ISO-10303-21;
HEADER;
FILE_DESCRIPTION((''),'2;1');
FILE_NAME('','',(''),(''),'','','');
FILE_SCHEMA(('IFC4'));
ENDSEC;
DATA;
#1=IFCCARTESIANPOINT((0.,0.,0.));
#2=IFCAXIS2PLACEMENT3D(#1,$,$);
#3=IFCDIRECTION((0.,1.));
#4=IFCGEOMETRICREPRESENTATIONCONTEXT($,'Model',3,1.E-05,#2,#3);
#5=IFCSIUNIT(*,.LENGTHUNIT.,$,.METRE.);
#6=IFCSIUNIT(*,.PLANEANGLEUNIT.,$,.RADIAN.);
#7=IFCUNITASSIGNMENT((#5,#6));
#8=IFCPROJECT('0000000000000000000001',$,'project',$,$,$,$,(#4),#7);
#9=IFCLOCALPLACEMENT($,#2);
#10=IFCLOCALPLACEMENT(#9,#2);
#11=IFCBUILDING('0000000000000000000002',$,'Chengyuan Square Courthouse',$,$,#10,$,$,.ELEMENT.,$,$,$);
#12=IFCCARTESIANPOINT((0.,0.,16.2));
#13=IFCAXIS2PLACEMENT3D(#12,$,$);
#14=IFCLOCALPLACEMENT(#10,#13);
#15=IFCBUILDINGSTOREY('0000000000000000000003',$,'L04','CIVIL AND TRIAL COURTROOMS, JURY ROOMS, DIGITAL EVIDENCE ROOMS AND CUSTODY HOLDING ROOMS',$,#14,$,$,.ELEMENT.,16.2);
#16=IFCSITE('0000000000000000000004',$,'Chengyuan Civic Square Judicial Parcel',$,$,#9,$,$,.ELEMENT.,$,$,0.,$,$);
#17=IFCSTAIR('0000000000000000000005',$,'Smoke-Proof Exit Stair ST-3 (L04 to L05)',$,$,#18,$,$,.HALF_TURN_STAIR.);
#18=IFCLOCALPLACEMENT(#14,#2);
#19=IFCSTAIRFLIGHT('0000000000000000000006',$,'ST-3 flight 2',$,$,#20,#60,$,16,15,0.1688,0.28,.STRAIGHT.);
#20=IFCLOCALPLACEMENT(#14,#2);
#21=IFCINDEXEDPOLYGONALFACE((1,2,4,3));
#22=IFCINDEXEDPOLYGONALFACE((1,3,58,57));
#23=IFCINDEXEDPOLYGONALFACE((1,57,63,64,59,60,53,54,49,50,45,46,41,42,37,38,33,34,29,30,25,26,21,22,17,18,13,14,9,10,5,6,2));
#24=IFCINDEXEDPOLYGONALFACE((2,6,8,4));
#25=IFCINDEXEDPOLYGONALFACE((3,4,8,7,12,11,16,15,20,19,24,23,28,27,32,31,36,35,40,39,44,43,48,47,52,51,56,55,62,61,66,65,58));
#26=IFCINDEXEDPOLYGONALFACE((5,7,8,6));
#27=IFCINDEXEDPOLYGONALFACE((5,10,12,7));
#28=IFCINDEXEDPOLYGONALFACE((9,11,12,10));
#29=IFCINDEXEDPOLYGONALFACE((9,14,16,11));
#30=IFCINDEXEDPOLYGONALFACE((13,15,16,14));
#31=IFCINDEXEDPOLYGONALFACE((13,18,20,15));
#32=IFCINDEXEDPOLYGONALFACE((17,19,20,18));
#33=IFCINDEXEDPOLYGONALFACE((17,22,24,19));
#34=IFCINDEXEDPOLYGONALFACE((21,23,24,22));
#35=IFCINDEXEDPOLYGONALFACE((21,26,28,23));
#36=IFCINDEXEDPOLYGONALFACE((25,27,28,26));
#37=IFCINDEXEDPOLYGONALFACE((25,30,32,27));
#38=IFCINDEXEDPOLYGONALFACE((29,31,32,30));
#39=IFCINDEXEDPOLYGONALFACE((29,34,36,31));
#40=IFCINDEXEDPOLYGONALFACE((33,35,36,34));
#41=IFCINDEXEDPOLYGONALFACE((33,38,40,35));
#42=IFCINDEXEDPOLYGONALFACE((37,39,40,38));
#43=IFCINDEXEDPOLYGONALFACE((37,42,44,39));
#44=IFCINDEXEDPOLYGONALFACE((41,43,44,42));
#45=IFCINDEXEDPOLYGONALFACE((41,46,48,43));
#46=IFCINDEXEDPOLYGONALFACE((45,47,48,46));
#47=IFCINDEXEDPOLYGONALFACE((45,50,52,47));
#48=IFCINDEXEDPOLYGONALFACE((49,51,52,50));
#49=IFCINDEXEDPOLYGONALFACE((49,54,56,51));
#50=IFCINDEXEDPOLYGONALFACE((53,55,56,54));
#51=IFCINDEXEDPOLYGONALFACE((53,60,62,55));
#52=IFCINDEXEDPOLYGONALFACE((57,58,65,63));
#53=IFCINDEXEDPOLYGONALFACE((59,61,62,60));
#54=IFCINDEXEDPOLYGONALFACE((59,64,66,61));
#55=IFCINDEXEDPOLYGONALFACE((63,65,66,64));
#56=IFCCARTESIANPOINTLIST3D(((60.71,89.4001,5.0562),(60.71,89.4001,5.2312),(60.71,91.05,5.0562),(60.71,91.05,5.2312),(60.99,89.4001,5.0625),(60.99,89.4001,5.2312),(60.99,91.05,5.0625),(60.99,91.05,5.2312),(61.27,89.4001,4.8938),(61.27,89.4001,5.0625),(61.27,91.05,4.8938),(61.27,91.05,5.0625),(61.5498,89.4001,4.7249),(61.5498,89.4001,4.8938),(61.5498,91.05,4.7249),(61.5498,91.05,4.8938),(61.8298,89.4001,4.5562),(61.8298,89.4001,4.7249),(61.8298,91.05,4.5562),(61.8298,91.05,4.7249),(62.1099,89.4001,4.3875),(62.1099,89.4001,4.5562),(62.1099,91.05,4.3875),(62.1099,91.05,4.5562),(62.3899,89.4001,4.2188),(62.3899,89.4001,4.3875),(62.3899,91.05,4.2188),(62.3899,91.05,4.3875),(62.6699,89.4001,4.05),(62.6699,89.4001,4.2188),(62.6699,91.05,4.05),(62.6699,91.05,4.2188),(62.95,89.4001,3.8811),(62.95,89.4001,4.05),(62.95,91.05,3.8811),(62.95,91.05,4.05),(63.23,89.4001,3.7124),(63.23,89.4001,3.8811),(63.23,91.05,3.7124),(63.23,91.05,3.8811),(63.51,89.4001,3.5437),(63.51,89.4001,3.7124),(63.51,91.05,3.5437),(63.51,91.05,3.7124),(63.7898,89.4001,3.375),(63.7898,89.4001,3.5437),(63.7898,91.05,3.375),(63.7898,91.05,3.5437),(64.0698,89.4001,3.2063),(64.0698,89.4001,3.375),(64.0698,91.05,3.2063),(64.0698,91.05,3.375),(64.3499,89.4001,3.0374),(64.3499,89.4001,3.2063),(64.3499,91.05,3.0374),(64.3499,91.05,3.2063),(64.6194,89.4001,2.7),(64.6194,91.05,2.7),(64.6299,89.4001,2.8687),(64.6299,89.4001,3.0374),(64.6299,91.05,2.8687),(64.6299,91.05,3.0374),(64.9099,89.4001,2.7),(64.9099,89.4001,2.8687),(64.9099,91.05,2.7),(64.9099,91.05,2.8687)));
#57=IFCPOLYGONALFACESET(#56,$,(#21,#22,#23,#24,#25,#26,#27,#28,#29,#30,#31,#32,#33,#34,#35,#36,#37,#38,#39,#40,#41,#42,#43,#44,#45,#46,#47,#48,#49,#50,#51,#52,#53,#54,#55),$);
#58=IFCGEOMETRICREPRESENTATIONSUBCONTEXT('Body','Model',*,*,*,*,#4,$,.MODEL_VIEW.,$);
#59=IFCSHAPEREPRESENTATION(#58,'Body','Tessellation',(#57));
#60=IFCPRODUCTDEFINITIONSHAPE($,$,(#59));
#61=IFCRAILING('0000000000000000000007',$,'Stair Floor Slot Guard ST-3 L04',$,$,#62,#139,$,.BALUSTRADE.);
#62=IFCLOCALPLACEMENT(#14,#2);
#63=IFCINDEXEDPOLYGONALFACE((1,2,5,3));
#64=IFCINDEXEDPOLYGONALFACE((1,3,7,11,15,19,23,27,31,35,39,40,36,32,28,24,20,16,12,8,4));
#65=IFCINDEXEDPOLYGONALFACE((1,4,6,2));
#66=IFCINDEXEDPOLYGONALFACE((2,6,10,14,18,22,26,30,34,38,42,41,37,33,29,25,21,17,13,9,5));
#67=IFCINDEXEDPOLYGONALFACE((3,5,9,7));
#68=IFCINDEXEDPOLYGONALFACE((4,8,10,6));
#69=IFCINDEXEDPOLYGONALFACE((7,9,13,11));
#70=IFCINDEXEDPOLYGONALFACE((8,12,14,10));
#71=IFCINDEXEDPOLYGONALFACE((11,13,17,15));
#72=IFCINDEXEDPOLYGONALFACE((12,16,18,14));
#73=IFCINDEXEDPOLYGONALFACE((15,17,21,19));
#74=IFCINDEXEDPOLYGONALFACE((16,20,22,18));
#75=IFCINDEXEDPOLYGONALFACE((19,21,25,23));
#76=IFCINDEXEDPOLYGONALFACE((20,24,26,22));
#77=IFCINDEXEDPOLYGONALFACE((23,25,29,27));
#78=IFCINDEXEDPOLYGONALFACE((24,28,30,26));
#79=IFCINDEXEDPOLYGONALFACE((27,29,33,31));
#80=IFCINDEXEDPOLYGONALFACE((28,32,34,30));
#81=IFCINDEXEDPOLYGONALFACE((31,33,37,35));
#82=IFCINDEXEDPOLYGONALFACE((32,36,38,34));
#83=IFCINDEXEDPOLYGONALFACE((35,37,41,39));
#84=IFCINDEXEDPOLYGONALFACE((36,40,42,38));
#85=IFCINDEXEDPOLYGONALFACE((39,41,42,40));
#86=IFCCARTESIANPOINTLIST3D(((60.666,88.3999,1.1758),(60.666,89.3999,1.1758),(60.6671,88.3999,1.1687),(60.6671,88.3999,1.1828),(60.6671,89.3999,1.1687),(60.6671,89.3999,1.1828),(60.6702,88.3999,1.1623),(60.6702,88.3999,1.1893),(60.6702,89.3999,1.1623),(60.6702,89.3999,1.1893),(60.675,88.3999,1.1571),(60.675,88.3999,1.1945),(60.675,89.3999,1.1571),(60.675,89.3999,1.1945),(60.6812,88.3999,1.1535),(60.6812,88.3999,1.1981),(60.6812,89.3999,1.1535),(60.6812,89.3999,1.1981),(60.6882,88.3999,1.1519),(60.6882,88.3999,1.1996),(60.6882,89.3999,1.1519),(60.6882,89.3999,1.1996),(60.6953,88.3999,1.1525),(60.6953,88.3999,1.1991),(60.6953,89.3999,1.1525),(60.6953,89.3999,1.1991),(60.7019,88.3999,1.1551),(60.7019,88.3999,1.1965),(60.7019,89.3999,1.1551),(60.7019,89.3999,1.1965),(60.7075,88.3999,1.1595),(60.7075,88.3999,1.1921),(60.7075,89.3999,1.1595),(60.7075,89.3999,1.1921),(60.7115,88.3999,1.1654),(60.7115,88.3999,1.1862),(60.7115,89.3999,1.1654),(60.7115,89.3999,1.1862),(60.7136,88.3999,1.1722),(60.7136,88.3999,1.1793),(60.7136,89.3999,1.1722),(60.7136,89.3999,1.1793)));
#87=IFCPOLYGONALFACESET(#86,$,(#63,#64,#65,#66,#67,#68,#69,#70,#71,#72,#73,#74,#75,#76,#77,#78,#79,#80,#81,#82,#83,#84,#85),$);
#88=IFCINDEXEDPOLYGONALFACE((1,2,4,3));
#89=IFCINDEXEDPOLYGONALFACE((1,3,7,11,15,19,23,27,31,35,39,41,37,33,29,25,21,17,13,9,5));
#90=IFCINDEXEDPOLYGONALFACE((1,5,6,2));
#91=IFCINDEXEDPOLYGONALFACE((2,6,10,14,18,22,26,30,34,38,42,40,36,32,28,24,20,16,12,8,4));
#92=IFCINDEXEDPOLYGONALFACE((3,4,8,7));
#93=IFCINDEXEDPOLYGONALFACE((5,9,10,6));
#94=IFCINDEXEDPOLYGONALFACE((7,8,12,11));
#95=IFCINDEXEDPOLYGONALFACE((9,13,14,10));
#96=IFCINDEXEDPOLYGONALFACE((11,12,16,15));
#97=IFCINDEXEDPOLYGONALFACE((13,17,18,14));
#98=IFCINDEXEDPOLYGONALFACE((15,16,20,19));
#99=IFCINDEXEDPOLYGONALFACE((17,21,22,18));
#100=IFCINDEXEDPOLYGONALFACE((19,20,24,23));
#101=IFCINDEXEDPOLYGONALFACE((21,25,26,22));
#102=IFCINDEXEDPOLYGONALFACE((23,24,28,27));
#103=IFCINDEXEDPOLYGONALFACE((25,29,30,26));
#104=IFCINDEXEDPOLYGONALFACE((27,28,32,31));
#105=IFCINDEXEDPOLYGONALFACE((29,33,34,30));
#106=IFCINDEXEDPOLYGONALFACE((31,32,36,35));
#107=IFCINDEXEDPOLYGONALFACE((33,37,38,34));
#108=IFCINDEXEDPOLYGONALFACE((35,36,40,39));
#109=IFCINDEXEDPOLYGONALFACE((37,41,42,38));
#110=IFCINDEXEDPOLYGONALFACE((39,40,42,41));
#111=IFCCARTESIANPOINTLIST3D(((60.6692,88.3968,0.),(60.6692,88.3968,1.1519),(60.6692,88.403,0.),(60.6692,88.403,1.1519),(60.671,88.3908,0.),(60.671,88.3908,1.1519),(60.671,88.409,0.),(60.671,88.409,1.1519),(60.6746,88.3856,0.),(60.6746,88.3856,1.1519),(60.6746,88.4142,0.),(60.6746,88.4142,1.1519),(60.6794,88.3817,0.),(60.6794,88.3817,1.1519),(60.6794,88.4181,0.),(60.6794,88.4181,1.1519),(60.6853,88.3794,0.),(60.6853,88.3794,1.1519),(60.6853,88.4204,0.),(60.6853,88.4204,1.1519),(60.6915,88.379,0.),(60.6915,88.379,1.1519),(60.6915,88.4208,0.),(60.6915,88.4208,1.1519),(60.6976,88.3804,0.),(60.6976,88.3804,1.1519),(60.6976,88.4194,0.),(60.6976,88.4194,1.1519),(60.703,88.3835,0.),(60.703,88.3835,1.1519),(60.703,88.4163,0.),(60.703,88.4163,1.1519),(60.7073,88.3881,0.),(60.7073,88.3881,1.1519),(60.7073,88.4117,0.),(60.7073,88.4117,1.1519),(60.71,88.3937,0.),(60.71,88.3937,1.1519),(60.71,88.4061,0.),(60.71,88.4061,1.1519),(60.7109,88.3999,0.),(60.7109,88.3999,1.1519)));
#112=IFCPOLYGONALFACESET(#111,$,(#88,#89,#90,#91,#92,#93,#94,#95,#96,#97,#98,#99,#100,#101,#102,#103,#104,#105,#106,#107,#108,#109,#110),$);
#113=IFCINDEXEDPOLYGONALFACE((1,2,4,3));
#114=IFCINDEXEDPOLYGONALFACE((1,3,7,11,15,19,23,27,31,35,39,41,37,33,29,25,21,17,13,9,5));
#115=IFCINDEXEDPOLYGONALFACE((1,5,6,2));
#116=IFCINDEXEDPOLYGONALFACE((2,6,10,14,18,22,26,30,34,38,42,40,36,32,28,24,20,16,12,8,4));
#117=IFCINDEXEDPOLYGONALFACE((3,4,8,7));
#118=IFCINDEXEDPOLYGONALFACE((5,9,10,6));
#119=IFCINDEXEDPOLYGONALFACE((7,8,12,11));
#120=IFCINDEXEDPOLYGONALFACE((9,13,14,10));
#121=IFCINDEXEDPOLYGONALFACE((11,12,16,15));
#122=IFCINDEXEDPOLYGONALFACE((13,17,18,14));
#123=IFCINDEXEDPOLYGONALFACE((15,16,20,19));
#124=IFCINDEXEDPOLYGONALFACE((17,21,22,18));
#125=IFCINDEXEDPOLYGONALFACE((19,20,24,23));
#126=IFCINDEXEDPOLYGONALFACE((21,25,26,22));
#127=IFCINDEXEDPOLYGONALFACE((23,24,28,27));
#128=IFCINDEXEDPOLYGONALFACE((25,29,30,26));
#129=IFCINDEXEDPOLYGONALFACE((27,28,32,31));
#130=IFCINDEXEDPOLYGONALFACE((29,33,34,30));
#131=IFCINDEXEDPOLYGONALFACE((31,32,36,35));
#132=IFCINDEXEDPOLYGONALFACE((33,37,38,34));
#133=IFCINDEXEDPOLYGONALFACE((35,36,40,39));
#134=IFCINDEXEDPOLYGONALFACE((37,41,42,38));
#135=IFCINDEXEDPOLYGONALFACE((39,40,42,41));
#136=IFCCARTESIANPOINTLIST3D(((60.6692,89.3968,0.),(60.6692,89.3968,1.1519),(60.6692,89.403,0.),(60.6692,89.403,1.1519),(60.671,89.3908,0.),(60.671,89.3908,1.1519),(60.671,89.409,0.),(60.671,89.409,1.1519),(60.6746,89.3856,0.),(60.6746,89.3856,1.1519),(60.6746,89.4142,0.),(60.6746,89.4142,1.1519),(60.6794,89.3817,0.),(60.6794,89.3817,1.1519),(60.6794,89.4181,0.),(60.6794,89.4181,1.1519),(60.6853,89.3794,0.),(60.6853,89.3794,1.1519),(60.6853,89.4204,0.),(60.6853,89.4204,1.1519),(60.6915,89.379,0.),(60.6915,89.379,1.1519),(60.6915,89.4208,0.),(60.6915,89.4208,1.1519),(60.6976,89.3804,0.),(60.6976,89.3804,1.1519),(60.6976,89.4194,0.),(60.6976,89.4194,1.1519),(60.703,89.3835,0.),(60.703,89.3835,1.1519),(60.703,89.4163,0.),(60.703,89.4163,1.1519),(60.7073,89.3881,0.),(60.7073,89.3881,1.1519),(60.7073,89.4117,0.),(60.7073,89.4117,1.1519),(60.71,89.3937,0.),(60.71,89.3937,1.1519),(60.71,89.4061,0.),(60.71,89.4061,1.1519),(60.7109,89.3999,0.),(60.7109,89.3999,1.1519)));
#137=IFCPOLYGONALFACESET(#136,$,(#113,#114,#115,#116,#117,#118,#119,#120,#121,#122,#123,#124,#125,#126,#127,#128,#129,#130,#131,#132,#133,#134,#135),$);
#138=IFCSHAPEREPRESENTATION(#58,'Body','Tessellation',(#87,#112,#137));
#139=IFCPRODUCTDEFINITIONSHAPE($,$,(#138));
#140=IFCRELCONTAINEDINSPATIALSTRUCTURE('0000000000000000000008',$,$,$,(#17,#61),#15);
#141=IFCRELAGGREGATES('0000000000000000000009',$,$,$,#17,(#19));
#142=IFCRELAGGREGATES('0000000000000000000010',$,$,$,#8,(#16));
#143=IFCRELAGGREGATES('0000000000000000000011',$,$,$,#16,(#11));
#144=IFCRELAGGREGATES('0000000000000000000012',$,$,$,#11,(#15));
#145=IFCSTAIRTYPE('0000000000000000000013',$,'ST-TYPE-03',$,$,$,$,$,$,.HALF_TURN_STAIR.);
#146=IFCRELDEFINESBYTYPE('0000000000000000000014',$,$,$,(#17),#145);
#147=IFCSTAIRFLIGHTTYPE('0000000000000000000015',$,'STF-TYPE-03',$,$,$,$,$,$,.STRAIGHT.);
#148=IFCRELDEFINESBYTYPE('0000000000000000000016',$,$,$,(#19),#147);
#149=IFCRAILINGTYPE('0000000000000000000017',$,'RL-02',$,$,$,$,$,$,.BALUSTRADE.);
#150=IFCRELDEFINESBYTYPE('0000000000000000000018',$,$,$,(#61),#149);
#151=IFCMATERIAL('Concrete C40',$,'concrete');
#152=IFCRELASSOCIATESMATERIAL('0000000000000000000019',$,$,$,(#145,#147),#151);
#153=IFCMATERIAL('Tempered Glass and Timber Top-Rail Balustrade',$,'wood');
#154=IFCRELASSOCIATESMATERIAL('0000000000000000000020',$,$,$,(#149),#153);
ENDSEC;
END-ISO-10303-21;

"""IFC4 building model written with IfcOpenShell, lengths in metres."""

from ifc_helpers import new_model, si_unit, direction, frame, origin, origin_2d, place, context, subcontext, project, spatial, polyline, circle, outline, extrude, material, type_object, element, aggregate, save


model = new_model("IFC4")

# Units and contexts
model_context = context("Model", 3, precision=1e-05, world=origin(), true_north=direction((0.0, 1.0)))
body_context = subcontext(model_context, "Body", "Model", "MODEL_VIEW")
ifc_project = project(units=[si_unit("LENGTHUNIT", "METRE"), si_unit("PLANEANGLEUNIT", "RADIAN")], contexts=[model_context])

# Site, building, storey
site_placement = place(None, origin())
site = spatial("IfcSite", under=ifc_project, at=site_placement, Name="Chengyuan Civic Square Judicial Parcel", CompositionType="ELEMENT", RefElevation=0.0)
building_placement = place(site_placement, origin())
building = spatial("IfcBuilding", under=site, at=building_placement, Name="Chengyuan Square Courthouse", CompositionType="ELEMENT")
storey_placement = place(building_placement, frame((0.0, 0.0, 16.2)))
storey = spatial("IfcBuildingStorey", under=building, at=storey_placement, Name="L04", Description="CIVIL AND TRIAL COURTROOMS, JURY ROOMS, DIGITAL EVIDENCE ROOMS AND CUSTODY HOLDING ROOMS", CompositionType="ELEMENT", Elevation=16.2)

# Shared definitions
ifc_material_1 = material(Name="Concrete C40", Category="concrete")

# Stair, stair flight
stair_type = type_object("IfcStairType", Name="ST-TYPE-03", PredefinedType="HALF_TURN_STAIR", material=ifc_material_1)
stair_placement = place(storey_placement, origin())
stair = element("IfcStair", 1, at=stair_placement, inside=storey, type_object=stair_type, Name="Smoke-Proof Exit Stair ST-3 (L04 to L05)", PredefinedType="HALF_TURN_STAIR")
stair_flight_type = type_object("IfcStairFlightType", Name="STF-TYPE-03", PredefinedType="STRAIGHT", material=ifc_material_1)
stair_flight_1_placement = place(storey_placement, frame((64.9099, 90.2251, 2.7), z_axis=(0.0, 0.0, 1.0), x_axis=(-1.0, 0.0, 0.0)))
stair_flight_1 = element("IfcStairFlight", 2, at=stair_flight_1_placement, type_object=stair_flight_type, Name="ST-3 flight 2", NumberOfRisers=16, NumberOfTreads=15, PredefinedType="STRAIGHT", RiserHeight=0.1688, TreadLength=0.28, context=body_context, shape_type="SweptSolid", body=[
    extrude(outline(polyline([(0.0, 0.0), (0.0, 0.1687), (0.28, 0.1687), (0.28, 0.3374), (0.5601, 0.3374), (0.5601, 0.5063), (0.8401, 0.5063), (0.8401, 0.675), (1.1201, 0.675), (1.1201, 0.8438), (1.3999, 0.8438), (1.3999, 1.0125), (1.6799, 1.0125), (1.6799, 1.1812), (1.96, 1.1812), (1.96, 1.3501), (2.24, 1.3501), (2.24, 1.5188), (2.52, 1.5188), (2.52, 1.6875), (2.8, 1.6875), (2.8, 1.8562), (3.0801, 1.8562), (3.0801, 2.0249), (3.3601, 2.0249), (3.3601, 2.1938), (3.6399, 2.1938), (3.6399, 2.3625), (3.9199, 2.3625), (3.9199, 2.5312), (4.2, 2.5312), (4.2, 2.7), (4.2, 2.3562), (0.2905, 0.0), (0.0, 0.0)])), frame((0.0, 0.825, 0.0), z_axis=(0.0, -1.0, 0.0), x_axis=(1.0, 0.0, 0.0)), (0.0, 0.0, 1.0), 1.6499),
])
aggregate(stair, [stair_flight_1])

# Railing
ifc_material_2 = material(Name="Tempered Glass and Timber Top-Rail Balustrade", Category="wood")
railing_type_1 = type_object("IfcRailingType", Name="RL-02", PredefinedType="BALUSTRADE", material=ifc_material_2)
for number, where, name in (
    (3, (60.6899, 88.3999, 0.0), "Stair Floor Slot Guard ST-3 L04"),
):
    element("IfcRailing", number, at=place(storey_placement, frame(where)), inside=storey, type_object=railing_type_1, Name=name, PredefinedType="BALUSTRADE", context=body_context, shape_type="SweptSolid", body=[
        extrude(circle(Radius=0.0239, at=origin_2d()), frame((0.0, 0.0, 1.1758), z_axis=(0.0, 1.0, 0.0), x_axis=(-1.0, 0.0, 0.0)), (0.0, 0.0, 1.0), 1.0),
        extrude(circle(Radius=0.021, at=origin_2d()), origin(), (0.0, 0.0, 1.0), 1.1519),
        extrude(circle(Radius=0.021, at=origin_2d()), frame((0.0, 1.0, 0.0)), (0.0, 0.0, 1.0), 1.1519),
    ])

save(model, "model.ifc")
